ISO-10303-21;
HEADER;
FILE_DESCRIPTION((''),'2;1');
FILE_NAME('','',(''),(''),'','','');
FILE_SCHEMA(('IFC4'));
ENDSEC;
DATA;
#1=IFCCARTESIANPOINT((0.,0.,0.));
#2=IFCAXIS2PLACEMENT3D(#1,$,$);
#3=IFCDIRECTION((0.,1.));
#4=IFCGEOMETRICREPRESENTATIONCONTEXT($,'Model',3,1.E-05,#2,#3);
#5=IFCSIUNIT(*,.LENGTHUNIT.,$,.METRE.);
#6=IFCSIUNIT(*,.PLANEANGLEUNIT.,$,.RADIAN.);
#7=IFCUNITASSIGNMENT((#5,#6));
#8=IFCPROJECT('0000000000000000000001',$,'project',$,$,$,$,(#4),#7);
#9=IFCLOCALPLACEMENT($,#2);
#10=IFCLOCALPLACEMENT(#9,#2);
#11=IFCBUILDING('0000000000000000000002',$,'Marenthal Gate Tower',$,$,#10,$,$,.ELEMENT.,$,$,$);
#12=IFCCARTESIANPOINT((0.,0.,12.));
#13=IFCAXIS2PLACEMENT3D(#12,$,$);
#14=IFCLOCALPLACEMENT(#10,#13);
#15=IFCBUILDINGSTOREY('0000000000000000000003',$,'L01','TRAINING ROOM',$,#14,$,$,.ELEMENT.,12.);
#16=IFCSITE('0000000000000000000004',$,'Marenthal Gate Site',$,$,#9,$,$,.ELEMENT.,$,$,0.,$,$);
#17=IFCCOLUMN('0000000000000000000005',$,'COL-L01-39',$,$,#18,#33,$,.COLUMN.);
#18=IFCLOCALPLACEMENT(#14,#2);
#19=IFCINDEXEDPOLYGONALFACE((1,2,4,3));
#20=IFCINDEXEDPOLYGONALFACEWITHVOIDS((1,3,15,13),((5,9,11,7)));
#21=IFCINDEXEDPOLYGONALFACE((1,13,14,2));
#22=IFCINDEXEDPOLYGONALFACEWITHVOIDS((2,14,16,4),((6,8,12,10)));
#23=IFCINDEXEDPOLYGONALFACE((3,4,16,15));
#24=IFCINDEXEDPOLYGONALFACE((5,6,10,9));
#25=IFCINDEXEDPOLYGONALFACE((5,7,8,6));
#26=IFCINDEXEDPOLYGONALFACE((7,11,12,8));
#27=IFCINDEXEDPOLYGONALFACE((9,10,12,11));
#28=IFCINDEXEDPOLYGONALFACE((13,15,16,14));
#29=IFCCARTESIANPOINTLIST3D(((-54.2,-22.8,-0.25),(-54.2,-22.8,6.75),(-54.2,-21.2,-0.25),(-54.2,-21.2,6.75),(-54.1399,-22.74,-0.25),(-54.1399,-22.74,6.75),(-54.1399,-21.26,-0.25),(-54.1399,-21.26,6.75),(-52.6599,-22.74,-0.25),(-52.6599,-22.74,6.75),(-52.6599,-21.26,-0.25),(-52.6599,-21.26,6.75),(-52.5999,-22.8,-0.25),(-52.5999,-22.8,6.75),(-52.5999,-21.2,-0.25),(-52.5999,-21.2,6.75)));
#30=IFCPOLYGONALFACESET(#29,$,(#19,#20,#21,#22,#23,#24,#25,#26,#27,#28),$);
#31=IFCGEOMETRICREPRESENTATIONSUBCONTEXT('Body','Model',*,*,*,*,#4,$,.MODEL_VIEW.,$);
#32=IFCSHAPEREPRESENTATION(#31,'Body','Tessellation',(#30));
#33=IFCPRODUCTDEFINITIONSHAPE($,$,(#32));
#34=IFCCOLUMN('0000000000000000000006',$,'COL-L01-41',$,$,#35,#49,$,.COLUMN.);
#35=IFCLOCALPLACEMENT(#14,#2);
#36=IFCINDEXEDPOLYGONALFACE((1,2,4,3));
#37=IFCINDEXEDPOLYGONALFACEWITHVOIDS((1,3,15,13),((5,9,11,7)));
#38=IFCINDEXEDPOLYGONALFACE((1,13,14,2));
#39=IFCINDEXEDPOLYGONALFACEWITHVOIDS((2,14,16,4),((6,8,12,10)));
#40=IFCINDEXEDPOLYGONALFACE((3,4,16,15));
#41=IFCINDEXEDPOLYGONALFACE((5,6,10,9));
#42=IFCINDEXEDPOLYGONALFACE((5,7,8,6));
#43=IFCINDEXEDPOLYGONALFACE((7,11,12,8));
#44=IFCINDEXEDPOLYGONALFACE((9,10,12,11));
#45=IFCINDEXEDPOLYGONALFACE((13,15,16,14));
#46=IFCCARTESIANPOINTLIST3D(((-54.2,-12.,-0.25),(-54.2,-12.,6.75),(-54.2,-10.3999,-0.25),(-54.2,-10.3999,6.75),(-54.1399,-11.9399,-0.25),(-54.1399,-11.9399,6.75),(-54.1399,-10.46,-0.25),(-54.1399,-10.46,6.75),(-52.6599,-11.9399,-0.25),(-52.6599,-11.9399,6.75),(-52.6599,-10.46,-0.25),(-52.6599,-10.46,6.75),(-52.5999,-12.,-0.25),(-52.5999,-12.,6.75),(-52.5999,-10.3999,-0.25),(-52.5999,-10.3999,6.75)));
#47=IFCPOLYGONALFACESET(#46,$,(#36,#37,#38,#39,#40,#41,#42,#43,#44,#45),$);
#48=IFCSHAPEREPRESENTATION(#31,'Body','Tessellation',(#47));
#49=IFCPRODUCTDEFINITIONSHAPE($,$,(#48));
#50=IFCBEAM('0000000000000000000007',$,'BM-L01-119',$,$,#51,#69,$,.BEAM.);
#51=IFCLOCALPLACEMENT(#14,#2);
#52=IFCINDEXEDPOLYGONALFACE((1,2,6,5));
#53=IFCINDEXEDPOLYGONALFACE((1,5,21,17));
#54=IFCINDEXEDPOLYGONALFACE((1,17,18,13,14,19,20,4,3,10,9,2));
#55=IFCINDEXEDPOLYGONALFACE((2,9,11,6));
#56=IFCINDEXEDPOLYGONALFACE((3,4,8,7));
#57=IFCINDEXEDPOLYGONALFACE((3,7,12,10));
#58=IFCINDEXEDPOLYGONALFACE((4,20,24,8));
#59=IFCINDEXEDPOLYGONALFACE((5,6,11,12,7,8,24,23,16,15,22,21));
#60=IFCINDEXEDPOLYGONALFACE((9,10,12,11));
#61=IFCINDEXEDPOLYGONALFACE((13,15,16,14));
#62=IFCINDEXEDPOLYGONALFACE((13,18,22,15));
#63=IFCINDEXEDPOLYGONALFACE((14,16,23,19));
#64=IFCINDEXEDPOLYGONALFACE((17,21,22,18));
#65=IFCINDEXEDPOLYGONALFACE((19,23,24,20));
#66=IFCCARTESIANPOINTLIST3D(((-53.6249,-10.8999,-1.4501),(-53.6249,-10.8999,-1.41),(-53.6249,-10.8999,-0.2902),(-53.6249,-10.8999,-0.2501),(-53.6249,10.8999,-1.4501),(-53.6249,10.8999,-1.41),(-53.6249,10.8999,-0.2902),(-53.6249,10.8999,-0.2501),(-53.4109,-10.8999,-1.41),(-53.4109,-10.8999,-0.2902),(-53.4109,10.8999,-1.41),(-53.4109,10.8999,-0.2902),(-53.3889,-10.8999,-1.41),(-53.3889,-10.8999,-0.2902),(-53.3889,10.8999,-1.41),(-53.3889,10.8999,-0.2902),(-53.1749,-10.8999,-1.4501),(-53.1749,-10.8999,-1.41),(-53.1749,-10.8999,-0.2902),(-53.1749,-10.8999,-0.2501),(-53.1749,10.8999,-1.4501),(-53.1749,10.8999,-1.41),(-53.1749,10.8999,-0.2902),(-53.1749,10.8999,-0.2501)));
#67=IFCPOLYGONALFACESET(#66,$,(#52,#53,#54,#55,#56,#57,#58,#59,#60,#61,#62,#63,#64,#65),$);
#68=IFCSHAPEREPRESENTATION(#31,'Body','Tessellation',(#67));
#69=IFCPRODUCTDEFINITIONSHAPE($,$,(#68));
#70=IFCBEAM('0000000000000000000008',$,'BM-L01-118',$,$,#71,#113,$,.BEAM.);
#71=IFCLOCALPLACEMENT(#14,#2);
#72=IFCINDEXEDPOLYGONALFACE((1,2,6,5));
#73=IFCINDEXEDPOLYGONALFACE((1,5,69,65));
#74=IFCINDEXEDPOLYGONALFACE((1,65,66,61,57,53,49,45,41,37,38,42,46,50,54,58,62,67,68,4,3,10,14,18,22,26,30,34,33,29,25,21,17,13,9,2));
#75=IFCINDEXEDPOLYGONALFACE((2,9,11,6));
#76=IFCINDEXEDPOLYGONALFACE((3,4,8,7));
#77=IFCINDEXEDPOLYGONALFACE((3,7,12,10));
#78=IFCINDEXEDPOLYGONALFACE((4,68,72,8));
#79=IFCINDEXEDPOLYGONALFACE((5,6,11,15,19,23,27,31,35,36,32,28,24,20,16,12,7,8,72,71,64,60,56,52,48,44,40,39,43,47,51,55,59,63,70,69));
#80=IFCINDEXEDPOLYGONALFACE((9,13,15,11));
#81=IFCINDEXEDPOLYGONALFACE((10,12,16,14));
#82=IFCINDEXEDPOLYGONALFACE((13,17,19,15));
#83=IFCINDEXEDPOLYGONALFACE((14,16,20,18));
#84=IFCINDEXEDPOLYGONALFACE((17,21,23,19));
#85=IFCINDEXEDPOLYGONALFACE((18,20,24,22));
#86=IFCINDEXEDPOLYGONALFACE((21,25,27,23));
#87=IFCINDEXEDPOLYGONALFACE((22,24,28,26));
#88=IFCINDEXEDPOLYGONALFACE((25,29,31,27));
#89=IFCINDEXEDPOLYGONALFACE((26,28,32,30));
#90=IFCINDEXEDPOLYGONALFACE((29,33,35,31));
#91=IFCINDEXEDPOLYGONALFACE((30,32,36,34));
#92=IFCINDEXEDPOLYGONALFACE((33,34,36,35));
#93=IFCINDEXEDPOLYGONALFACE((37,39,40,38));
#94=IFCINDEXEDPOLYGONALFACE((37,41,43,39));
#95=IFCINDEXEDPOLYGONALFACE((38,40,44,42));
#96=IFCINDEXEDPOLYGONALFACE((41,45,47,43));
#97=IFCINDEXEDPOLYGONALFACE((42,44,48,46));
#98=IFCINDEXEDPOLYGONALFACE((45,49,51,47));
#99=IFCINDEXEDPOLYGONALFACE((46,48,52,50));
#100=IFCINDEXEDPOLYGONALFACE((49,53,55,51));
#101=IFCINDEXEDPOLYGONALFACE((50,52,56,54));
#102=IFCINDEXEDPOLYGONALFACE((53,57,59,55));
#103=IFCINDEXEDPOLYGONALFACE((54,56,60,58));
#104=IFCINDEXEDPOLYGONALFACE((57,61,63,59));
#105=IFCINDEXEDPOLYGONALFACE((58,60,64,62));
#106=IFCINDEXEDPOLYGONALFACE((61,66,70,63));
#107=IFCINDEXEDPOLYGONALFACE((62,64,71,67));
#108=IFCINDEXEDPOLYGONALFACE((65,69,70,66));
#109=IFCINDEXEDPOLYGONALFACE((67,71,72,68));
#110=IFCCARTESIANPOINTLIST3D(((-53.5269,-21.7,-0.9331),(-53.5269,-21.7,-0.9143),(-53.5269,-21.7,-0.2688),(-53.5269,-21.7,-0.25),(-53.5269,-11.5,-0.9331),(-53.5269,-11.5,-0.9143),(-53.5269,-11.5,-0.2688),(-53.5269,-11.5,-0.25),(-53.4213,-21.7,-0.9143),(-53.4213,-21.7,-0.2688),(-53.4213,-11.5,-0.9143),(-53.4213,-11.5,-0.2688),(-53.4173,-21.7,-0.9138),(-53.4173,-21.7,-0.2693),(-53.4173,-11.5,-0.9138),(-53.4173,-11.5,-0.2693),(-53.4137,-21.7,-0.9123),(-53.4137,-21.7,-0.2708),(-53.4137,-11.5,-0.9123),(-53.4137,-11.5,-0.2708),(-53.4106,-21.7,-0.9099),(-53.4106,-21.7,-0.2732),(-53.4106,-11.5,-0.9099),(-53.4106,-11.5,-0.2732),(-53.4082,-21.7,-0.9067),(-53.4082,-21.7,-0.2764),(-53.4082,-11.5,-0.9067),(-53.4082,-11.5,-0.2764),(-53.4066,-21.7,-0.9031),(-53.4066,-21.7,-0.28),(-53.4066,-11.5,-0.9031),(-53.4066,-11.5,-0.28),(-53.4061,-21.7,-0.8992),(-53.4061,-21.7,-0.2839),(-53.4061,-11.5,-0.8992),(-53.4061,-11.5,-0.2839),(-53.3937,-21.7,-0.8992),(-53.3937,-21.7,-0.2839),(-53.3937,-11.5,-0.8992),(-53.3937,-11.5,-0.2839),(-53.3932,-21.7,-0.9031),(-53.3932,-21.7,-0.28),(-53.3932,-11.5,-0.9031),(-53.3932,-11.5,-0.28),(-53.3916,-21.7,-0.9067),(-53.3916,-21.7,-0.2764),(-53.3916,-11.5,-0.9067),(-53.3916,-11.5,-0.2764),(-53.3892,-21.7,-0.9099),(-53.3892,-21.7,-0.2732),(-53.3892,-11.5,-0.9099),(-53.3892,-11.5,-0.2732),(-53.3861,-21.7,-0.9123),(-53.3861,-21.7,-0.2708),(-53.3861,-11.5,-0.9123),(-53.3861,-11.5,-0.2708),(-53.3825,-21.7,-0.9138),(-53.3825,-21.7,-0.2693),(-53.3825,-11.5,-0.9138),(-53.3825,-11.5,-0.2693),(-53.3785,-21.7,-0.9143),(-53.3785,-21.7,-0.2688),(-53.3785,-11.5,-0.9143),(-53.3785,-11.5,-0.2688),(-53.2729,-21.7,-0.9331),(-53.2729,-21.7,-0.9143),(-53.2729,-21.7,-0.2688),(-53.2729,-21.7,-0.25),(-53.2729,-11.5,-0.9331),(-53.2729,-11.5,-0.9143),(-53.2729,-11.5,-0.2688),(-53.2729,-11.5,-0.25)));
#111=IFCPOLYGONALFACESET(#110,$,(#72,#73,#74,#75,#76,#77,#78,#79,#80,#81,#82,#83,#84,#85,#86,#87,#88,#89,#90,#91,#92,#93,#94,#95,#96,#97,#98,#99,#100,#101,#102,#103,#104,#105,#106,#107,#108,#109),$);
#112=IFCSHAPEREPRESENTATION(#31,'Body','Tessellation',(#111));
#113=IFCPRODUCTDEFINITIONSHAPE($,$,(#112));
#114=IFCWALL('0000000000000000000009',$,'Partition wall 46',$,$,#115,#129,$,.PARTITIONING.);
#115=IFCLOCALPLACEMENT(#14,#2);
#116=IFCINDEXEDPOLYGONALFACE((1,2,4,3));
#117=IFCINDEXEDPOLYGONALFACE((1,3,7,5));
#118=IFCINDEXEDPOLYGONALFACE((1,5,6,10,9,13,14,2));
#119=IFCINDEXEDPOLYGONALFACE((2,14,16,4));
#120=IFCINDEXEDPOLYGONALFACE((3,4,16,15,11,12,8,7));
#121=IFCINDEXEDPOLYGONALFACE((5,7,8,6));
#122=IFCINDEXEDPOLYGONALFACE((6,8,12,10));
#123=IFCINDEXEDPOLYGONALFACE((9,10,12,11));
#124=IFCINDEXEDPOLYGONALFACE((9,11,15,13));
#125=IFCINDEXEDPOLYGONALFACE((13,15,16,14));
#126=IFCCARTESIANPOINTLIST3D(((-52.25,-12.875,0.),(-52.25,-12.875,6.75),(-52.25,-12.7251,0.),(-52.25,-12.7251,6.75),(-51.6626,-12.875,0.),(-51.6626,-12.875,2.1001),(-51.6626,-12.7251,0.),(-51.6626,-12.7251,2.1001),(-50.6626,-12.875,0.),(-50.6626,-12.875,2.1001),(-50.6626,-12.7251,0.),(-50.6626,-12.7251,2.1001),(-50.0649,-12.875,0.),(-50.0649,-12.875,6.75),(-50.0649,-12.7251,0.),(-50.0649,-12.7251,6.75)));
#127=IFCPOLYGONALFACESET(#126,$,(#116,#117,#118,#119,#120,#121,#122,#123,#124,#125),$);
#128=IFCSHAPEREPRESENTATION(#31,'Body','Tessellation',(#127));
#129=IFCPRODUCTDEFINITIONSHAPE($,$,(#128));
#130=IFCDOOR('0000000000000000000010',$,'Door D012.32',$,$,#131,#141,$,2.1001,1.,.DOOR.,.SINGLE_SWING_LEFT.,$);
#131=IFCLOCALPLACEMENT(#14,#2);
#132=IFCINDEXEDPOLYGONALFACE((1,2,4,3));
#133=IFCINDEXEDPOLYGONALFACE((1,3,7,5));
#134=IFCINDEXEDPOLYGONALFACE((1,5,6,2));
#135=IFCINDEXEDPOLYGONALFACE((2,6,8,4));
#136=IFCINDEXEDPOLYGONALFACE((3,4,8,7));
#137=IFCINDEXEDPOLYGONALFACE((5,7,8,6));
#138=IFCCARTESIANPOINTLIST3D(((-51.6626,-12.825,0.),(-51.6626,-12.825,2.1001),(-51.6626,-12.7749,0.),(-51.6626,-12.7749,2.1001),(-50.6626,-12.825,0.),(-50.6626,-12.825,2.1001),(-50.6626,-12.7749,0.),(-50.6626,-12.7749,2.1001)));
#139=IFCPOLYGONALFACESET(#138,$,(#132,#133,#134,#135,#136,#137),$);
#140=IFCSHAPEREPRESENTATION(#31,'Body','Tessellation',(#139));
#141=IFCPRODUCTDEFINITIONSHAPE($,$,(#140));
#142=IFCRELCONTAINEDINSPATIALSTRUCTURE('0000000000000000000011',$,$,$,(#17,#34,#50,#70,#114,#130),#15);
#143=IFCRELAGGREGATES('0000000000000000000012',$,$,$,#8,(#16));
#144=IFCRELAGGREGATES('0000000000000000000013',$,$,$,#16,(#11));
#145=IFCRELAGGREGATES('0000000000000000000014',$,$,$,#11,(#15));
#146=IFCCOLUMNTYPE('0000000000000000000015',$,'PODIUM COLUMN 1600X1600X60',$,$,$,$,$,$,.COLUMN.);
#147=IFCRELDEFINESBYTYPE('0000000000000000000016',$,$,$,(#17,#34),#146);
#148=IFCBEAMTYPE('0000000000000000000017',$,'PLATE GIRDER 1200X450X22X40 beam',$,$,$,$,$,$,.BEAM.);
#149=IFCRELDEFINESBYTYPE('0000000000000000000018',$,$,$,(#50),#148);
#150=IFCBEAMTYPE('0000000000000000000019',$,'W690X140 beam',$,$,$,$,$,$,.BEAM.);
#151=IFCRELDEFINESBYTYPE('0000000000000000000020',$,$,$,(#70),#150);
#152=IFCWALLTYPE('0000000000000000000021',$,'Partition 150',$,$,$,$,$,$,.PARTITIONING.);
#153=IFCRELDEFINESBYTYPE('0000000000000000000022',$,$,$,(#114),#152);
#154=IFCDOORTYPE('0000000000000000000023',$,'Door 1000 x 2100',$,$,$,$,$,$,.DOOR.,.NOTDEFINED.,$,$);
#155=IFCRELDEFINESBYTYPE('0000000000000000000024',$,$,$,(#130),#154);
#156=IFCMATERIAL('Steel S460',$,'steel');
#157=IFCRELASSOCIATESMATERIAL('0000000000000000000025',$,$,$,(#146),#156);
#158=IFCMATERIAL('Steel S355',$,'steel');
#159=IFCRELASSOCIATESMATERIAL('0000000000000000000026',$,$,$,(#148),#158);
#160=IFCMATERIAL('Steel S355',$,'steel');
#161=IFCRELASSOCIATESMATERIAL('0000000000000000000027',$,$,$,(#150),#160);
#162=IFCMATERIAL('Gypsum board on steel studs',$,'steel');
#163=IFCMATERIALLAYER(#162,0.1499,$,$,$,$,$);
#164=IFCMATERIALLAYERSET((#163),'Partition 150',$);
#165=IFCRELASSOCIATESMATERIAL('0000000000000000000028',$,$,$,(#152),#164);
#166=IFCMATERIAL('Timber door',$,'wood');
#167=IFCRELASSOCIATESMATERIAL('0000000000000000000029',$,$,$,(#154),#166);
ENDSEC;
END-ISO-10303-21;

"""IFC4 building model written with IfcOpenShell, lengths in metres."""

from ifc_helpers import new_model, si_unit, direction, frame, frame_2d, origin, origin_2d, place, context, subcontext, project, spatial, rectangle, hollow_rectangle, i_section, extrude, material, layer, layer_set, material_profile, profile_set, type_object, element, fill, save


model = new_model("IFC4")

# Units and contexts
model_context = context("Model", 3, precision=1e-05, world=origin(), true_north=direction((0.0, 1.0)))
body_context = subcontext(model_context, "Body", "Model", "MODEL_VIEW")
ifc_project = project(units=[si_unit("LENGTHUNIT", "METRE"), si_unit("PLANEANGLEUNIT", "RADIAN")], contexts=[model_context])

# Site, building, storey
site_placement = place(None, origin())
site = spatial("IfcSite", under=ifc_project, at=site_placement, Name="Marenthal Gate Site", CompositionType="ELEMENT", RefElevation=0.0)
building_placement = place(site_placement, origin())
building = spatial("IfcBuilding", under=site, at=building_placement, Name="Marenthal Gate Tower", CompositionType="ELEMENT")
storey_placement = place(building_placement, frame((0.0, 0.0, 12.0)))
storey = spatial("IfcBuildingStorey", under=building, at=storey_placement, Name="L01", Description="TRAINING ROOM", CompositionType="ELEMENT", Elevation=12.0)

# Columns
ifc_material_1 = material(Name="Steel S460", Category="steel")
ifc_material_profile_1 = material_profile(ifc_material_1, hollow_rectangle(XDim=1.6001, YDim=1.6001, WallThickness=0.0601, at=origin_2d()), Name="CFT BOX 1600X1600X60")
ifc_material_2 = material(Name="Concrete 70 MPa", Category="concrete")
ifc_material_profile_2 = material_profile(ifc_material_2, rectangle(XDim=1.48, YDim=1.48, at=origin_2d()), Name="CFT BOX 1600X1600X60 INFILL")
ifc_profile_set_1 = profile_set([ifc_material_profile_1, ifc_material_profile_2], Name="Steel S460 shell, Concrete 70 MPa infill")
column_type = type_object("IfcColumnType", Name="PODIUM COLUMN 1600X1600X60", PredefinedType="COLUMN", material=ifc_profile_set_1)
for number, where, z_axis, x_axis, name in (
    (1, (-53.3999, -22.0, -0.25), (0.0, 0.0, 1.0), (1.0, 0.0, 0.0), "COL-L01-39"),
    (2, (-53.3999, -11.2, -0.25), (0.0, 0.0, 1.0), (1.0, 0.0, 0.0), "COL-L01-41"),
):
    element("IfcColumn", number, at=place(storey_placement, frame(where, z_axis=z_axis, x_axis=x_axis)), inside=storey, type_object=column_type, Name=name, PredefinedType="COLUMN", context=body_context, shape_type="SweptSolid", body=[
        extrude(hollow_rectangle(XDim=1.6001, YDim=1.6001, WallThickness=0.0601, at=origin_2d()), origin(), (0.0, 0.0, 1.0), 7.0),
    ])

# Beams
ifc_material_3 = material(Name="Steel S355", Category="steel")
ifc_material_profile_3 = material_profile(ifc_material_3, i_section(OverallWidth=0.45, OverallDepth=1.2, WebThickness=0.022, FlangeThickness=0.04, at=origin_2d()), Name="PLATE GIRDER 1200X450X22X40")
ifc_profile_set_2 = profile_set([ifc_material_profile_3], Name="Steel S355")
beam_type_1 = type_object("IfcBeamType", Name="PLATE GIRDER 1200X450X22X40 beam", PredefinedType="BEAM", material=ifc_profile_set_2)
beam_1_placement = place(storey_placement, frame((-53.3999, -10.8999, -0.8501), z_axis=(0.0, 1.0, 0.0), x_axis=(-1.0, 0.0, 0.0)))
element("IfcBeam", 3, at=beam_1_placement, inside=storey, type_object=beam_type_1, Name="BM-L01-119", PredefinedType="BEAM", context=body_context, shape_type="SweptSolid", body=[
    extrude(i_section(OverallWidth=0.45, OverallDepth=1.2, WebThickness=0.022, FlangeThickness=0.04, at=origin_2d()), origin(), (0.0, 0.0, 1.0), 21.7998),
])
ifc_material_4 = material(Name="Steel S355", Category="steel")
ifc_material_profile_4 = material_profile(ifc_material_4, i_section(OverallWidth=0.2539, OverallDepth=0.6831, WebThickness=0.0125, FlangeThickness=0.0188, FilletRadius=0.0151, at=origin_2d()), Name="W690X140")
ifc_profile_set_3 = profile_set([ifc_material_profile_4], Name="Steel S355")
beam_type_2 = type_object("IfcBeamType", Name="W690X140 beam", PredefinedType="BEAM", material=ifc_profile_set_3)
beam_2_placement = place(storey_placement, frame((-53.3999, -21.7, -0.5916), z_axis=(0.0, 1.0, 0.0), x_axis=(-1.0, 0.0, 0.0)))
element("IfcBeam", 4, at=beam_2_placement, inside=storey, type_object=beam_type_2, Name="BM-L01-118", PredefinedType="BEAM", context=body_context, shape_type="SweptSolid", body=[
    extrude(i_section(OverallWidth=0.2539, OverallDepth=0.6831, WebThickness=0.0125, FlangeThickness=0.0188, FilletRadius=0.0151, at=origin_2d()), origin(), (0.0, 0.0, 1.0), 10.2),
])

# Wall, opening, door
ifc_material_5 = material(Name="Gypsum board on steel studs", Category="steel")
ifc_layer_1 = layer(ifc_material_5, 0.1499)
ifc_layer_set_1 = layer_set([ifc_layer_1], Name="Partition 150")
wall_type_1 = type_object("IfcWallType", Name="Partition 150", PredefinedType="PARTITIONING", material=ifc_layer_set_1)
wall_1_placement = place(storey_placement, frame((-52.25, -12.8, 0.0), z_axis=(0.0, 0.0, 1.0), x_axis=(1.0, 0.0, 0.0)))
wall_1 = element("IfcWall", 5, at=wall_1_placement, inside=storey, type_object=wall_type_1, Name="Partition wall 46", PredefinedType="PARTITIONING", context=body_context, shape_type="SweptSolid", body=[
    extrude(rectangle(XDim=2.1851, YDim=0.1499, at=frame_2d((1.0925, 0.0))), origin(), (0.0, 0.0, 1.0), 6.75),
])
opening_1_placement = place(wall_1_placement, frame((0.5874, 0.0, 0.0)))
opening_1 = element("IfcOpeningElement", 6, at=opening_1_placement, cuts=wall_1, PredefinedType="OPENING", context=body_context, shape_type="SweptSolid", body=[
    extrude(rectangle(XDim=1.0, YDim=2.1001, at=frame_2d((0.5, 1.05))), frame((0.0, 0.085, 0.0), z_axis=(0.0, -1.0, 0.0), x_axis=(1.0, 0.0, 0.0)), (0.0, 0.0, 1.0), 0.1699),
])
ifc_material_6 = material(Name="Timber door", Category="wood")
door_type = type_object("IfcDoorType", Name="Door 1000 x 2100", OperationType="NOTDEFINED", PredefinedType="DOOR", material=ifc_material_6)
door_1_placement = place(opening_1_placement, frame((1.0, 0.0, 0.0), z_axis=(0.0, 0.0, 1.0), x_axis=(-1.0, 0.0, 0.0)))
door_1 = element("IfcDoor", 7, at=door_1_placement, inside=storey, type_object=door_type, Name="Door D012.32", OperationType="SINGLE_SWING_LEFT", OverallHeight=2.1001, OverallWidth=1.0, PredefinedType="DOOR", context=body_context, shape_type="SweptSolid", body=[
    extrude(rectangle(XDim=1.0, YDim=2.1001, at=frame_2d((0.5, 1.05))), frame((0.0, 0.0249, 0.0), z_axis=(0.0, -1.0, 0.0), x_axis=(1.0, 0.0, 0.0)), (0.0, 0.0, 1.0), 0.05),
])
fill(opening_1, door_1)

save(model, "model.ifc")
